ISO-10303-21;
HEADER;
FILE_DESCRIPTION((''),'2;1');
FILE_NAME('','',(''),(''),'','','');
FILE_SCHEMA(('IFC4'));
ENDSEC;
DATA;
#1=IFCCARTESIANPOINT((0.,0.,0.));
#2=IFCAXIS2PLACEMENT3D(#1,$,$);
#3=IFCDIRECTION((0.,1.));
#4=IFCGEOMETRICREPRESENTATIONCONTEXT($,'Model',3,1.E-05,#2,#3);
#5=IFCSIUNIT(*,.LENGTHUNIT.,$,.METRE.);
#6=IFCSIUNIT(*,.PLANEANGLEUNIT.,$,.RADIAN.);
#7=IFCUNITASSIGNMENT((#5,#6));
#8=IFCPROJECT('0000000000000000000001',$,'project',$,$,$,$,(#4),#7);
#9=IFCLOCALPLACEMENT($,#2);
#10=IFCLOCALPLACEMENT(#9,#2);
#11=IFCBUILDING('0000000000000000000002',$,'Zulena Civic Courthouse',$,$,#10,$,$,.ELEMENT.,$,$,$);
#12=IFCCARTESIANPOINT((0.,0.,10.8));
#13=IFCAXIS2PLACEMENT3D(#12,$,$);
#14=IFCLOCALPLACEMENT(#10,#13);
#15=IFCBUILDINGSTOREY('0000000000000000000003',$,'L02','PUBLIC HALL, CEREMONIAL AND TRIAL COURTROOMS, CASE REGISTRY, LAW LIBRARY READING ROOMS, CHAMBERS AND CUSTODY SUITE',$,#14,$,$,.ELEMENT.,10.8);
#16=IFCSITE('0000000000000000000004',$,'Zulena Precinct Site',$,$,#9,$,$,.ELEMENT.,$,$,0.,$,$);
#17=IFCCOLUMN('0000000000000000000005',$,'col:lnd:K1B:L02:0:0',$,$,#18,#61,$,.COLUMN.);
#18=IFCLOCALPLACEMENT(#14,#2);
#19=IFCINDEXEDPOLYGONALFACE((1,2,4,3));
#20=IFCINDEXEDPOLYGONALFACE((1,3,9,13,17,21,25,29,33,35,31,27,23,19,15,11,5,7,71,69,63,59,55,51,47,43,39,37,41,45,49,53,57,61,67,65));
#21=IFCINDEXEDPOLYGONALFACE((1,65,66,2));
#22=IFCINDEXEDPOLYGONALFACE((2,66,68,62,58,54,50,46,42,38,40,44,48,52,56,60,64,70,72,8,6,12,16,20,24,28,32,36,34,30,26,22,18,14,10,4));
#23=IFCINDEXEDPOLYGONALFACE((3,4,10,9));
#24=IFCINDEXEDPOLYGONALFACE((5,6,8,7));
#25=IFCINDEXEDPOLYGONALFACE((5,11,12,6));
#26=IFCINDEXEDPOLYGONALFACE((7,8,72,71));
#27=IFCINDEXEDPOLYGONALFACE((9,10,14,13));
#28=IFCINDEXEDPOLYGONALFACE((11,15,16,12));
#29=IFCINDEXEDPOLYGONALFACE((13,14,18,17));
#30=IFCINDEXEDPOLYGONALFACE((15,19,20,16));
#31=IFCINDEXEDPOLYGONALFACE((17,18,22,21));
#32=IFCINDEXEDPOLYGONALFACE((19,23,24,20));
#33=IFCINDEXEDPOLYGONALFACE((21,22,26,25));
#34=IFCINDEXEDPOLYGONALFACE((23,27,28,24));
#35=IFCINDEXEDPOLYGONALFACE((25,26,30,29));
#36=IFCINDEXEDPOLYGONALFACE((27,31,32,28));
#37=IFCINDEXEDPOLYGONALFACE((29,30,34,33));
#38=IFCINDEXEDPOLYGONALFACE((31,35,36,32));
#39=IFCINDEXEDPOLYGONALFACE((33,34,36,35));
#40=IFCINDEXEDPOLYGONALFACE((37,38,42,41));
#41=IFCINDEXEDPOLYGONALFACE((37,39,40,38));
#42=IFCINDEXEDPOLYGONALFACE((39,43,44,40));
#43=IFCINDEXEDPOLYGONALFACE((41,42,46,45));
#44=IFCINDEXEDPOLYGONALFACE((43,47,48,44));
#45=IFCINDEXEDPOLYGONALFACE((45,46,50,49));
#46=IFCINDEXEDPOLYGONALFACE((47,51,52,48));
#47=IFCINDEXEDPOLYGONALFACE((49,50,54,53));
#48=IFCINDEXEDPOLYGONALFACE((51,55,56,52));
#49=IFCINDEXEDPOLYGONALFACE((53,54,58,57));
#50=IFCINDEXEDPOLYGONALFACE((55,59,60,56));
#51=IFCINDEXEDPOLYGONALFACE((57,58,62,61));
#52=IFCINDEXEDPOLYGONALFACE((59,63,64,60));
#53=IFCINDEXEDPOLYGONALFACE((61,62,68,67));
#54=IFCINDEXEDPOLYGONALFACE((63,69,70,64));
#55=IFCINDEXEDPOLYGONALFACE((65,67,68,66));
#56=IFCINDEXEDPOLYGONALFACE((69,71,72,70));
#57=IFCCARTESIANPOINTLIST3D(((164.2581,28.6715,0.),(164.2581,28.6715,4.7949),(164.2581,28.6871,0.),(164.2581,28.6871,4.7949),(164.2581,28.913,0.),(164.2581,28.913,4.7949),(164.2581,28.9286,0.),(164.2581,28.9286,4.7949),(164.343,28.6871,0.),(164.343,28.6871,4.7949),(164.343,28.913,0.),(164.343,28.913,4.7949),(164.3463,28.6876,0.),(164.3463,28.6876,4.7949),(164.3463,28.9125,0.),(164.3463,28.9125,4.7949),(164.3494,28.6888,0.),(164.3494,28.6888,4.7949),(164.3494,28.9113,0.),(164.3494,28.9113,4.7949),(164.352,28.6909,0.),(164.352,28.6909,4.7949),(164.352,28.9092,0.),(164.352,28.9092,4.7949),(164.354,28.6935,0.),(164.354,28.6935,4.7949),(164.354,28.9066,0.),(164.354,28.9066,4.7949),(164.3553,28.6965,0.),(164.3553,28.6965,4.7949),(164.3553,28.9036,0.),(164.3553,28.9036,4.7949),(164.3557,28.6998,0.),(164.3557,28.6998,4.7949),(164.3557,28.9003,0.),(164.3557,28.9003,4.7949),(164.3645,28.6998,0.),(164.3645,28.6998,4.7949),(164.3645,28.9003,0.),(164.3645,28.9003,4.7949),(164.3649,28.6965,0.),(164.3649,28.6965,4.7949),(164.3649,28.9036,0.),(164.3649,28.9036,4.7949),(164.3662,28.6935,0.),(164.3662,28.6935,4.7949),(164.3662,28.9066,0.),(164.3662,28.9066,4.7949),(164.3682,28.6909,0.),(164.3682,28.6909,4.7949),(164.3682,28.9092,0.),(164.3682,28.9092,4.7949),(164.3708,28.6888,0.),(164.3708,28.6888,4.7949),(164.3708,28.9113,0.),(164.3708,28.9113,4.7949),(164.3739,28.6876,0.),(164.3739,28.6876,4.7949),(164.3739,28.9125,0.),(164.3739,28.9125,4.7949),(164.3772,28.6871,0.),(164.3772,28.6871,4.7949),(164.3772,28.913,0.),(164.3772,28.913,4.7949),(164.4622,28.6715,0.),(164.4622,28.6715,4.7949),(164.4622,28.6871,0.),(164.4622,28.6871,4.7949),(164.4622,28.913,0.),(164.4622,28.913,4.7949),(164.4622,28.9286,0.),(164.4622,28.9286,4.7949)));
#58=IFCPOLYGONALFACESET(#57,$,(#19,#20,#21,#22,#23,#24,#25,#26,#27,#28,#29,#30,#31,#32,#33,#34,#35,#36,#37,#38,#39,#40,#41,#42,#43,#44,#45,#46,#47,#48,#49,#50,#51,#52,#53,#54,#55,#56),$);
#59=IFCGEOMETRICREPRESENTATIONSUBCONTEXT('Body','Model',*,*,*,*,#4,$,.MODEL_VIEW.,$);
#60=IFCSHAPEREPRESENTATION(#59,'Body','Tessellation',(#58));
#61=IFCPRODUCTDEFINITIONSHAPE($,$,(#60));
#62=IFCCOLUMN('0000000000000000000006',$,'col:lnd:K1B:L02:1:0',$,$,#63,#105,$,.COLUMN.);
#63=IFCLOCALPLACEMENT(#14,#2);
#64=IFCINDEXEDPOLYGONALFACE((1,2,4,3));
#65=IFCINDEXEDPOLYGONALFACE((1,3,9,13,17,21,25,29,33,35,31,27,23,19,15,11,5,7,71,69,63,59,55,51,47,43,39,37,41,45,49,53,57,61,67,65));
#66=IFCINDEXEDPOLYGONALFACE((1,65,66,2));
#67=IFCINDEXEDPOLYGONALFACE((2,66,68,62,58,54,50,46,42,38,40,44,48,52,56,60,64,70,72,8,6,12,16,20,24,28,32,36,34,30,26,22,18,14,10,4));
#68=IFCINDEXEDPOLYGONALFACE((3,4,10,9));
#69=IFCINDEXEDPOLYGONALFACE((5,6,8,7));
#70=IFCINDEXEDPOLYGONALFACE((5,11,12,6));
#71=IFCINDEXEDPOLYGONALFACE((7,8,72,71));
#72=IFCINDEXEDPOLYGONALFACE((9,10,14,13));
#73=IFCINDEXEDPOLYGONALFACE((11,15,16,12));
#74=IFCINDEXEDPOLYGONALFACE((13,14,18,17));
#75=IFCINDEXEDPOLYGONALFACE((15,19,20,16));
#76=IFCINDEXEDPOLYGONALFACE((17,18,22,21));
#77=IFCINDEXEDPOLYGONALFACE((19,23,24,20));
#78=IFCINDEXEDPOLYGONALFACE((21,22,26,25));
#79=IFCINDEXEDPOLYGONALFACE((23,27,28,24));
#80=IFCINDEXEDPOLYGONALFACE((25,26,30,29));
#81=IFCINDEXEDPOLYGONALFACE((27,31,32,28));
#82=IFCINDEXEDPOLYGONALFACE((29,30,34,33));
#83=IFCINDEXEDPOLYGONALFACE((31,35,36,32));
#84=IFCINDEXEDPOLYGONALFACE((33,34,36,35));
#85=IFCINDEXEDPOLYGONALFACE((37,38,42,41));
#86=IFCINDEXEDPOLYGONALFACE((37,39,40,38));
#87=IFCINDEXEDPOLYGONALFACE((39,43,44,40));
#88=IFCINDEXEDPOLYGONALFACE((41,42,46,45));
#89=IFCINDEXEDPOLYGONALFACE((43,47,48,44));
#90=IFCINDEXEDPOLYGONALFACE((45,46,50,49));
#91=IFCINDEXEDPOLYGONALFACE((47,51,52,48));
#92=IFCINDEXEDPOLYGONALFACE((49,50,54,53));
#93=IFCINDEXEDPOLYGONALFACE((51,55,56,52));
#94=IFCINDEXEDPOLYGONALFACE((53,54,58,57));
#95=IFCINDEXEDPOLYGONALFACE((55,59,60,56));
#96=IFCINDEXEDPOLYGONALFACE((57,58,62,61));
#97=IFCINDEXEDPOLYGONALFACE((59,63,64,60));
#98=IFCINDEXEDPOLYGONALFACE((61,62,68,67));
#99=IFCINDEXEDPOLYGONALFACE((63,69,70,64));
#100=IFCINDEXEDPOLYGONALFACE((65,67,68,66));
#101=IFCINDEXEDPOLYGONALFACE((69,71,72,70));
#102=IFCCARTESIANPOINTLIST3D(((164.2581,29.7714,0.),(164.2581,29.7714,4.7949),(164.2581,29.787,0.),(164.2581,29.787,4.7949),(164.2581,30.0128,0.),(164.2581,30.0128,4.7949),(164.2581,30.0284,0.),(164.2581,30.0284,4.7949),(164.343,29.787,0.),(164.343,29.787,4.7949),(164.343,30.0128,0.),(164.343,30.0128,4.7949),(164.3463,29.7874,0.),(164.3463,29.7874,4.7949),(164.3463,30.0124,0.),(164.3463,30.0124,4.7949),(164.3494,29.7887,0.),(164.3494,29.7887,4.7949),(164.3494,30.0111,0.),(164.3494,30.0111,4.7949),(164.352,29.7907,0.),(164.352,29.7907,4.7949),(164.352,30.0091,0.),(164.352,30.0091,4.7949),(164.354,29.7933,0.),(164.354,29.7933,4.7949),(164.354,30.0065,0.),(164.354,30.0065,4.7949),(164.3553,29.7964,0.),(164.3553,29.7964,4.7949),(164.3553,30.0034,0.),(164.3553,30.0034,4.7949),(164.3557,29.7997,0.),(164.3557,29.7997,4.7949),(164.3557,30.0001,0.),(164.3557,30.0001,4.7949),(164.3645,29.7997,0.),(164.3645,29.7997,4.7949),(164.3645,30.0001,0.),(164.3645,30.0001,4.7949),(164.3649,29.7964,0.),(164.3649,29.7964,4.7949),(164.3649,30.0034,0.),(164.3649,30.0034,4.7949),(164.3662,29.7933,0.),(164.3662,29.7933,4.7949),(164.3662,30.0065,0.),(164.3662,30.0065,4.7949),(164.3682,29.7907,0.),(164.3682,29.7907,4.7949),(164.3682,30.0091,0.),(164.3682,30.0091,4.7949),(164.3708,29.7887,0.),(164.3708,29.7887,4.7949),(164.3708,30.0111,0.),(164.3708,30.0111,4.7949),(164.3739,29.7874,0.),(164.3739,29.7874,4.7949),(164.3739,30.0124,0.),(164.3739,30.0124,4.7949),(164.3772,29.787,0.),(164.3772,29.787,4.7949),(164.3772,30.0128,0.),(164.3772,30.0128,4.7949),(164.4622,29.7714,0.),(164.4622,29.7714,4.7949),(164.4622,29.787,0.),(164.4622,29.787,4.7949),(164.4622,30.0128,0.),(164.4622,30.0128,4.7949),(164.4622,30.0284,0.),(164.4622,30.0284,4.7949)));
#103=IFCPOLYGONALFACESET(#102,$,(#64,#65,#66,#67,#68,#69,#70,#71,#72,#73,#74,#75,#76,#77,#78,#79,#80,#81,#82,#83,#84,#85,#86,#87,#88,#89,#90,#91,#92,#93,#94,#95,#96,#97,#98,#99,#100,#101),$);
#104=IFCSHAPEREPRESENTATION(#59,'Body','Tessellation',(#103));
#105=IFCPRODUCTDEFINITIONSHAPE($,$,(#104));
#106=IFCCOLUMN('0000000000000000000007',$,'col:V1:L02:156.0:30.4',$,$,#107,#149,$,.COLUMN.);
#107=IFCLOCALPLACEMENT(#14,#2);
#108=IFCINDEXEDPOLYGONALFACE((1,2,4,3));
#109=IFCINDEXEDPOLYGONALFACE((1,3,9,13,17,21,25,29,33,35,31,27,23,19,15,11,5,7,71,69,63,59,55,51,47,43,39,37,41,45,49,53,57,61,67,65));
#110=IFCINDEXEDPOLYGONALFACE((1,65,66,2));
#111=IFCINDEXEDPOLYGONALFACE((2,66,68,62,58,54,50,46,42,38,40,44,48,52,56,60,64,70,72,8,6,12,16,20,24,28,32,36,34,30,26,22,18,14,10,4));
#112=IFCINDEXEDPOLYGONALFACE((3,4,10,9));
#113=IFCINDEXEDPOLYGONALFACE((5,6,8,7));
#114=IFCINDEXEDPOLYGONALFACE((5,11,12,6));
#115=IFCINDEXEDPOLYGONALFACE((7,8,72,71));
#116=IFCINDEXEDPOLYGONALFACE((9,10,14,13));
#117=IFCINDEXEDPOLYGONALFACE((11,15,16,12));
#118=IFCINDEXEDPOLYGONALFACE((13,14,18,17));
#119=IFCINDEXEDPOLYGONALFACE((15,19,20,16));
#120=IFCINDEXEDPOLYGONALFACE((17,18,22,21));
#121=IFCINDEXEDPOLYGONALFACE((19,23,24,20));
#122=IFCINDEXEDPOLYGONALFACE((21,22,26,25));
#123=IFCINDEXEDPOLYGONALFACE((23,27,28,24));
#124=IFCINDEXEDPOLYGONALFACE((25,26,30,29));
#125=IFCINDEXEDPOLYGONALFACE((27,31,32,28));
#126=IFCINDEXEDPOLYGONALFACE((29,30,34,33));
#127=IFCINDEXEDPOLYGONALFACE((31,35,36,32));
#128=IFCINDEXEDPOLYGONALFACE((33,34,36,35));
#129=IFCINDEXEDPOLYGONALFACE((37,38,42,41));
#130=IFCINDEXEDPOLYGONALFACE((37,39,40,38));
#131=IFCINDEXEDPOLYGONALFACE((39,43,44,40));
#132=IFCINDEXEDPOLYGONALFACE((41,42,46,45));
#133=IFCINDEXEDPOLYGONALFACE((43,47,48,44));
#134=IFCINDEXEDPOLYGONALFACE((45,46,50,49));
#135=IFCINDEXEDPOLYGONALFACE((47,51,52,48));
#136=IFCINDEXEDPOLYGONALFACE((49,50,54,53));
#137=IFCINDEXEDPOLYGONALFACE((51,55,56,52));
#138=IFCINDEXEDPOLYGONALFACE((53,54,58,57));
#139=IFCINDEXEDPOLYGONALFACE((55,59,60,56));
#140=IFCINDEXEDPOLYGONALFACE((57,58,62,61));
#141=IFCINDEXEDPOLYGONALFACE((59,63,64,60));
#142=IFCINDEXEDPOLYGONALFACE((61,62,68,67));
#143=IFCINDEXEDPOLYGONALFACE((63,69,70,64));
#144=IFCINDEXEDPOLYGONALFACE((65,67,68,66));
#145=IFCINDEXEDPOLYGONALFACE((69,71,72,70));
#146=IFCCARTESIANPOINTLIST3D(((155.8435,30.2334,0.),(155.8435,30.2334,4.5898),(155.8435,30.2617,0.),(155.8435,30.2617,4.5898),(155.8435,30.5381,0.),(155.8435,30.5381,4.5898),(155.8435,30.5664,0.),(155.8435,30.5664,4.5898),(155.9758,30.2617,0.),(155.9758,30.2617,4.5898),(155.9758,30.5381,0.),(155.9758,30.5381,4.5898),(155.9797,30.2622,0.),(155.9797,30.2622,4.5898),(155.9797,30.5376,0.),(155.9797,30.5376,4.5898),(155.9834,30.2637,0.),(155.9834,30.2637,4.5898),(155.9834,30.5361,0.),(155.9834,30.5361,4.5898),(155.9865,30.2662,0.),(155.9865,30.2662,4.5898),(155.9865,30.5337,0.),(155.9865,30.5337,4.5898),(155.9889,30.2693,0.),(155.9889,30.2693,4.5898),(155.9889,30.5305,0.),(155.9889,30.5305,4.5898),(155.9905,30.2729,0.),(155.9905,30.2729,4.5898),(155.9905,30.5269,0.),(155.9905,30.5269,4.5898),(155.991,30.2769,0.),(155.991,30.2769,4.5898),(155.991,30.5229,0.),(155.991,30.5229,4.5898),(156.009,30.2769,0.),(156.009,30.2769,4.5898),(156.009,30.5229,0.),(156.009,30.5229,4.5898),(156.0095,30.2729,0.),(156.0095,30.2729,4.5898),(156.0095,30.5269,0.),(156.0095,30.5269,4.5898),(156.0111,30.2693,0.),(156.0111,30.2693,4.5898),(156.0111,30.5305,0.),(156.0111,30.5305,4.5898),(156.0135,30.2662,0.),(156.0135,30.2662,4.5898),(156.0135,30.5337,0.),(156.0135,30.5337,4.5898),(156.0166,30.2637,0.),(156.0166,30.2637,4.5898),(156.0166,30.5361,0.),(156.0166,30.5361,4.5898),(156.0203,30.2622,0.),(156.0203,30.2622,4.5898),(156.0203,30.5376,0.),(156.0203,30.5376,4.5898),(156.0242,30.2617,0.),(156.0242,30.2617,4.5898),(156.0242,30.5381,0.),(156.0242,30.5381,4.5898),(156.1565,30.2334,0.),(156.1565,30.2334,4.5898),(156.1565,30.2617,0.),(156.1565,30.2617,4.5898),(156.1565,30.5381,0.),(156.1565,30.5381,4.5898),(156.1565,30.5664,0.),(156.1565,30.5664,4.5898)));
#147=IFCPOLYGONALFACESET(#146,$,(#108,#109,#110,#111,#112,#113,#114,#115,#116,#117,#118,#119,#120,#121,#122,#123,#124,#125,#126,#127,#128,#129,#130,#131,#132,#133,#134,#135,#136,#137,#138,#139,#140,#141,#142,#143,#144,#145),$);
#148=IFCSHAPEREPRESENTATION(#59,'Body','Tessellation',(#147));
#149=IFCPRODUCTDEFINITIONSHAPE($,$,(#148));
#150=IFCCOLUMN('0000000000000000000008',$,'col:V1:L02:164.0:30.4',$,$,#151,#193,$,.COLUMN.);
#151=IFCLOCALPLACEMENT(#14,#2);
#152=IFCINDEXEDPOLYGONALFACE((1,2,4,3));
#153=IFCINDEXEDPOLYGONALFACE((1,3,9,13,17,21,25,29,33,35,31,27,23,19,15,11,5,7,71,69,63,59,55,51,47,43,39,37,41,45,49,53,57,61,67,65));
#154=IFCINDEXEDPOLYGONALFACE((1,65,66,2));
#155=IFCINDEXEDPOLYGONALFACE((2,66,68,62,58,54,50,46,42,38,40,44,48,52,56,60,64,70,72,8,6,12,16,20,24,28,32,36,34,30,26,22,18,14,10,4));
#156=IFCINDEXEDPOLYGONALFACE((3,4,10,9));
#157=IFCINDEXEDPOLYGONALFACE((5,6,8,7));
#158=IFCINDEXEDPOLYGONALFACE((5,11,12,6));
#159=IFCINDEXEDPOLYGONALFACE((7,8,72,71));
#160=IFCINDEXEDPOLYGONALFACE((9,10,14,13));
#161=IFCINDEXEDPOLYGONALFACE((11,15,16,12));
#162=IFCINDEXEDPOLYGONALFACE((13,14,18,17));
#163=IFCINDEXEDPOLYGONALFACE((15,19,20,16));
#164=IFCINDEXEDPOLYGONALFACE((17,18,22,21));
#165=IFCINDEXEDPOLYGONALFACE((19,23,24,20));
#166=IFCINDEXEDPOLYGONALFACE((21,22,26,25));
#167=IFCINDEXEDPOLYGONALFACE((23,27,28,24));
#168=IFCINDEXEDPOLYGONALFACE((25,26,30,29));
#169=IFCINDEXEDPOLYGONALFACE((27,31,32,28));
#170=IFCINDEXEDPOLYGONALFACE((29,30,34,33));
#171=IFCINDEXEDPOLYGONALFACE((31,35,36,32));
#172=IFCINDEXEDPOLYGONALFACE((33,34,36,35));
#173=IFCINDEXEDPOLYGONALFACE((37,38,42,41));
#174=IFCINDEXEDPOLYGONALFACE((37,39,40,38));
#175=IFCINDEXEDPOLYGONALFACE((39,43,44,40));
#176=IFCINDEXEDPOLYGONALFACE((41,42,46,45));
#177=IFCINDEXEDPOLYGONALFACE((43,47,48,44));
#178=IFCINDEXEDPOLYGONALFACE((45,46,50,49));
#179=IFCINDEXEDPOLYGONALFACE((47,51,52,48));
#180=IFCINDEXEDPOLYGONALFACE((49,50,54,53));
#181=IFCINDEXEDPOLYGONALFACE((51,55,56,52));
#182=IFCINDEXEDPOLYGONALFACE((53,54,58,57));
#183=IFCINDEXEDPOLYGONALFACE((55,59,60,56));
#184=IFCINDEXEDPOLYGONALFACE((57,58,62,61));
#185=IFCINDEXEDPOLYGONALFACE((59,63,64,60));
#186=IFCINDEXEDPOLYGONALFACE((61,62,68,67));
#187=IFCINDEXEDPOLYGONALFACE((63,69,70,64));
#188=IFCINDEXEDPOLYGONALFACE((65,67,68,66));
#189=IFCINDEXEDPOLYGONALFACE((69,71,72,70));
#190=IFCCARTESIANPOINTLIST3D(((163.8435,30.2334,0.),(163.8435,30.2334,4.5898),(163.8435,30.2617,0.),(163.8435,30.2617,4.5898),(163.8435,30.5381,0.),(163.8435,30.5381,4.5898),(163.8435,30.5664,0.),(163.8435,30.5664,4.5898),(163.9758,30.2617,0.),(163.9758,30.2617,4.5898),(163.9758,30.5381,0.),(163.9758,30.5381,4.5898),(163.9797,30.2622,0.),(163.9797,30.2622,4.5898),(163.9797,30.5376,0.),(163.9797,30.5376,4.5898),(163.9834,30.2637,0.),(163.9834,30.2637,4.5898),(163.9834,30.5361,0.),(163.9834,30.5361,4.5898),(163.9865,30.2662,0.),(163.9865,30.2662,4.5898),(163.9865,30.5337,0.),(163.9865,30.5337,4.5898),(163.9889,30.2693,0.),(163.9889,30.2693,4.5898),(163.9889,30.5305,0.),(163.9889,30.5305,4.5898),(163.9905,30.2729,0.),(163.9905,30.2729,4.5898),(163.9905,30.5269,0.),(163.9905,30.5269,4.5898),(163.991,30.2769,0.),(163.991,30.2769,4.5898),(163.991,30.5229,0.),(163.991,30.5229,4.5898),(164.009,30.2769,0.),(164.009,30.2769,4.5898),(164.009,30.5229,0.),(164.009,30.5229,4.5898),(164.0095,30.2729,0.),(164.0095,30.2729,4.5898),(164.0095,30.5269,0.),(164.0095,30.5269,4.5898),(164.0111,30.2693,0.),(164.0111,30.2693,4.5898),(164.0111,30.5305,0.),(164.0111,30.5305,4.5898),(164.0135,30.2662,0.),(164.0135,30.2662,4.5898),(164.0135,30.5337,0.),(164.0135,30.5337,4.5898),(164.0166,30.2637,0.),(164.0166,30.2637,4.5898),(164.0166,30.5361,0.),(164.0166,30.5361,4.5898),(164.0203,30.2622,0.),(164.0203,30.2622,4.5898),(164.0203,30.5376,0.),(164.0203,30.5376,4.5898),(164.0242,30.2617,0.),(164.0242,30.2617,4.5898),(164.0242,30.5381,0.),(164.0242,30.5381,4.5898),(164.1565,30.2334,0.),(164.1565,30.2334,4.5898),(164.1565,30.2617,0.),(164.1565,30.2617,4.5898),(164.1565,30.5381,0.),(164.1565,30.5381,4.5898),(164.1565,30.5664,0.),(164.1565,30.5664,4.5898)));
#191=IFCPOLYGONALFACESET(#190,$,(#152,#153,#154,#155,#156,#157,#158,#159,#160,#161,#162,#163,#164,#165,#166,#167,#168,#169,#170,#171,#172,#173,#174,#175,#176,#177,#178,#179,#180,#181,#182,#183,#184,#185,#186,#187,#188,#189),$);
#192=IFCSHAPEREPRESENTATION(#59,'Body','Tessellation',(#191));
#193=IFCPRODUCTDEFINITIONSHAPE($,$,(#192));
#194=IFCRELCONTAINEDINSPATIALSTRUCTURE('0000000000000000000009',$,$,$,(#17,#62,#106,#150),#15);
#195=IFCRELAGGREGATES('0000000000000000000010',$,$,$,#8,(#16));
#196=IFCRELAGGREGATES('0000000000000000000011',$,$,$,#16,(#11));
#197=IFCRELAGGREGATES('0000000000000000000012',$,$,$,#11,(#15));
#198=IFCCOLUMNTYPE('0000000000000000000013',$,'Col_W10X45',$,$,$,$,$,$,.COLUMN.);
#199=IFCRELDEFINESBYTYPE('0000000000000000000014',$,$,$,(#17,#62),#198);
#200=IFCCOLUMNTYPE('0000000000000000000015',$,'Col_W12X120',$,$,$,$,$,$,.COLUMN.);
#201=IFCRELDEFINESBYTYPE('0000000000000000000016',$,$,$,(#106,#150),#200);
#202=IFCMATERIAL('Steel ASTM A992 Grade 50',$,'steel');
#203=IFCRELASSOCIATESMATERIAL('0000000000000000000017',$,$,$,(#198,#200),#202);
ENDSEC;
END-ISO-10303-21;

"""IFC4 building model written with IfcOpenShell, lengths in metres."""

from ifc_helpers import new_model, si_unit, direction, frame, origin, origin_2d, place, context, subcontext, project, spatial, i_section, extrude, material, material_profile, profile_set, type_object, element, save


model = new_model("IFC4")

# Units and contexts
model_context = context("Model", 3, precision=1e-05, world=origin(), true_north=direction((0.0, 1.0)))
body_context = subcontext(model_context, "Body", "Model", "MODEL_VIEW")
ifc_project = project(units=[si_unit("LENGTHUNIT", "METRE"), si_unit("PLANEANGLEUNIT", "RADIAN")], contexts=[model_context])

# Site, building, storey
site_placement = place(None, origin())
site = spatial("IfcSite", under=ifc_project, at=site_placement, Name="Zulena Precinct Site", CompositionType="ELEMENT", RefElevation=0.0)
building_placement = place(site_placement, origin())
building = spatial("IfcBuilding", under=site, at=building_placement, Name="Zulena Civic Courthouse", CompositionType="ELEMENT")
storey_placement = place(building_placement, frame((0.0, 0.0, 10.8)))
storey = spatial("IfcBuildingStorey", under=building, at=storey_placement, Name="L02", Description="PUBLIC HALL, CEREMONIAL AND TRIAL COURTROOMS, CASE REGISTRY, LAW LIBRARY READING ROOMS, CHAMBERS AND CUSTODY SUITE", CompositionType="ELEMENT", Elevation=10.8)

# Columns
ifc_material_1 = material(Name="Steel ASTM A992 Grade 50", Category="steel")
ifc_material_profile_1 = material_profile(ifc_material_1, i_section(OverallWidth=0.2041, OverallDepth=0.2571, WebThickness=0.0088, FlangeThickness=0.0156, FilletRadius=0.0127, at=origin_2d()), Name="W10X45")
ifc_profile_set_1 = profile_set([ifc_material_profile_1], Name="Steel ASTM A992 Grade 50")
column_type_1 = type_object("IfcColumnType", Name="Col_W10X45", PredefinedType="COLUMN", material=ifc_profile_set_1)
for number, where, z_axis, x_axis, name in (
    (1, (164.3601, 28.8, 0.0), (0.0, 0.0, 1.0), (1.0, 0.0, 0.0), "col:lnd:K1B:L02:0:0"),
    (2, (164.3601, 29.8999, 0.0), (0.0, 0.0, 1.0), (1.0, 0.0, 0.0), "col:lnd:K1B:L02:1:0"),
):
    element("IfcColumn", number, at=place(storey_placement, frame(where, z_axis=z_axis, x_axis=x_axis)), inside=storey, type_object=column_type_1, Name=name, PredefinedType="COLUMN", context=body_context, shape_type="SweptSolid", body=[
        extrude(i_section(OverallWidth=0.2041, OverallDepth=0.2571, WebThickness=0.0088, FlangeThickness=0.0156, FilletRadius=0.0127, at=origin_2d()), origin(), (0.0, 0.0, 1.0), 4.7949),
    ])
ifc_material_profile_2 = material_profile(ifc_material_1, i_section(OverallWidth=0.313, OverallDepth=0.333, WebThickness=0.0181, FlangeThickness=0.0283, FilletRadius=0.0151, at=origin_2d()), Name="W12X120")
ifc_profile_set_2 = profile_set([ifc_material_profile_2], Name="Steel ASTM A992 Grade 50")
column_type_2 = type_object("IfcColumnType", Name="Col_W12X120", PredefinedType="COLUMN", material=ifc_profile_set_2)
for number, where, z_axis, x_axis, name in (
    (3, (156.0, 30.3999, 0.0), (0.0, 0.0, 1.0), (1.0, 0.0, 0.0), "col:V1:L02:156.0:30.4"),
    (4, (164.0, 30.3999, 0.0), (0.0, 0.0, 1.0), (1.0, 0.0, 0.0), "col:V1:L02:164.0:30.4"),
):
    element("IfcColumn", number, at=place(storey_placement, frame(where, z_axis=z_axis, x_axis=x_axis)), inside=storey, type_object=column_type_2, Name=name, PredefinedType="COLUMN", context=body_context, shape_type="SweptSolid", body=[
        extrude(i_section(OverallWidth=0.313, OverallDepth=0.333, WebThickness=0.0181, FlangeThickness=0.0283, FilletRadius=0.0151, at=origin_2d()), origin(), (0.0, 0.0, 1.0), 4.5898),
    ])

save(model, "model.ifc")
